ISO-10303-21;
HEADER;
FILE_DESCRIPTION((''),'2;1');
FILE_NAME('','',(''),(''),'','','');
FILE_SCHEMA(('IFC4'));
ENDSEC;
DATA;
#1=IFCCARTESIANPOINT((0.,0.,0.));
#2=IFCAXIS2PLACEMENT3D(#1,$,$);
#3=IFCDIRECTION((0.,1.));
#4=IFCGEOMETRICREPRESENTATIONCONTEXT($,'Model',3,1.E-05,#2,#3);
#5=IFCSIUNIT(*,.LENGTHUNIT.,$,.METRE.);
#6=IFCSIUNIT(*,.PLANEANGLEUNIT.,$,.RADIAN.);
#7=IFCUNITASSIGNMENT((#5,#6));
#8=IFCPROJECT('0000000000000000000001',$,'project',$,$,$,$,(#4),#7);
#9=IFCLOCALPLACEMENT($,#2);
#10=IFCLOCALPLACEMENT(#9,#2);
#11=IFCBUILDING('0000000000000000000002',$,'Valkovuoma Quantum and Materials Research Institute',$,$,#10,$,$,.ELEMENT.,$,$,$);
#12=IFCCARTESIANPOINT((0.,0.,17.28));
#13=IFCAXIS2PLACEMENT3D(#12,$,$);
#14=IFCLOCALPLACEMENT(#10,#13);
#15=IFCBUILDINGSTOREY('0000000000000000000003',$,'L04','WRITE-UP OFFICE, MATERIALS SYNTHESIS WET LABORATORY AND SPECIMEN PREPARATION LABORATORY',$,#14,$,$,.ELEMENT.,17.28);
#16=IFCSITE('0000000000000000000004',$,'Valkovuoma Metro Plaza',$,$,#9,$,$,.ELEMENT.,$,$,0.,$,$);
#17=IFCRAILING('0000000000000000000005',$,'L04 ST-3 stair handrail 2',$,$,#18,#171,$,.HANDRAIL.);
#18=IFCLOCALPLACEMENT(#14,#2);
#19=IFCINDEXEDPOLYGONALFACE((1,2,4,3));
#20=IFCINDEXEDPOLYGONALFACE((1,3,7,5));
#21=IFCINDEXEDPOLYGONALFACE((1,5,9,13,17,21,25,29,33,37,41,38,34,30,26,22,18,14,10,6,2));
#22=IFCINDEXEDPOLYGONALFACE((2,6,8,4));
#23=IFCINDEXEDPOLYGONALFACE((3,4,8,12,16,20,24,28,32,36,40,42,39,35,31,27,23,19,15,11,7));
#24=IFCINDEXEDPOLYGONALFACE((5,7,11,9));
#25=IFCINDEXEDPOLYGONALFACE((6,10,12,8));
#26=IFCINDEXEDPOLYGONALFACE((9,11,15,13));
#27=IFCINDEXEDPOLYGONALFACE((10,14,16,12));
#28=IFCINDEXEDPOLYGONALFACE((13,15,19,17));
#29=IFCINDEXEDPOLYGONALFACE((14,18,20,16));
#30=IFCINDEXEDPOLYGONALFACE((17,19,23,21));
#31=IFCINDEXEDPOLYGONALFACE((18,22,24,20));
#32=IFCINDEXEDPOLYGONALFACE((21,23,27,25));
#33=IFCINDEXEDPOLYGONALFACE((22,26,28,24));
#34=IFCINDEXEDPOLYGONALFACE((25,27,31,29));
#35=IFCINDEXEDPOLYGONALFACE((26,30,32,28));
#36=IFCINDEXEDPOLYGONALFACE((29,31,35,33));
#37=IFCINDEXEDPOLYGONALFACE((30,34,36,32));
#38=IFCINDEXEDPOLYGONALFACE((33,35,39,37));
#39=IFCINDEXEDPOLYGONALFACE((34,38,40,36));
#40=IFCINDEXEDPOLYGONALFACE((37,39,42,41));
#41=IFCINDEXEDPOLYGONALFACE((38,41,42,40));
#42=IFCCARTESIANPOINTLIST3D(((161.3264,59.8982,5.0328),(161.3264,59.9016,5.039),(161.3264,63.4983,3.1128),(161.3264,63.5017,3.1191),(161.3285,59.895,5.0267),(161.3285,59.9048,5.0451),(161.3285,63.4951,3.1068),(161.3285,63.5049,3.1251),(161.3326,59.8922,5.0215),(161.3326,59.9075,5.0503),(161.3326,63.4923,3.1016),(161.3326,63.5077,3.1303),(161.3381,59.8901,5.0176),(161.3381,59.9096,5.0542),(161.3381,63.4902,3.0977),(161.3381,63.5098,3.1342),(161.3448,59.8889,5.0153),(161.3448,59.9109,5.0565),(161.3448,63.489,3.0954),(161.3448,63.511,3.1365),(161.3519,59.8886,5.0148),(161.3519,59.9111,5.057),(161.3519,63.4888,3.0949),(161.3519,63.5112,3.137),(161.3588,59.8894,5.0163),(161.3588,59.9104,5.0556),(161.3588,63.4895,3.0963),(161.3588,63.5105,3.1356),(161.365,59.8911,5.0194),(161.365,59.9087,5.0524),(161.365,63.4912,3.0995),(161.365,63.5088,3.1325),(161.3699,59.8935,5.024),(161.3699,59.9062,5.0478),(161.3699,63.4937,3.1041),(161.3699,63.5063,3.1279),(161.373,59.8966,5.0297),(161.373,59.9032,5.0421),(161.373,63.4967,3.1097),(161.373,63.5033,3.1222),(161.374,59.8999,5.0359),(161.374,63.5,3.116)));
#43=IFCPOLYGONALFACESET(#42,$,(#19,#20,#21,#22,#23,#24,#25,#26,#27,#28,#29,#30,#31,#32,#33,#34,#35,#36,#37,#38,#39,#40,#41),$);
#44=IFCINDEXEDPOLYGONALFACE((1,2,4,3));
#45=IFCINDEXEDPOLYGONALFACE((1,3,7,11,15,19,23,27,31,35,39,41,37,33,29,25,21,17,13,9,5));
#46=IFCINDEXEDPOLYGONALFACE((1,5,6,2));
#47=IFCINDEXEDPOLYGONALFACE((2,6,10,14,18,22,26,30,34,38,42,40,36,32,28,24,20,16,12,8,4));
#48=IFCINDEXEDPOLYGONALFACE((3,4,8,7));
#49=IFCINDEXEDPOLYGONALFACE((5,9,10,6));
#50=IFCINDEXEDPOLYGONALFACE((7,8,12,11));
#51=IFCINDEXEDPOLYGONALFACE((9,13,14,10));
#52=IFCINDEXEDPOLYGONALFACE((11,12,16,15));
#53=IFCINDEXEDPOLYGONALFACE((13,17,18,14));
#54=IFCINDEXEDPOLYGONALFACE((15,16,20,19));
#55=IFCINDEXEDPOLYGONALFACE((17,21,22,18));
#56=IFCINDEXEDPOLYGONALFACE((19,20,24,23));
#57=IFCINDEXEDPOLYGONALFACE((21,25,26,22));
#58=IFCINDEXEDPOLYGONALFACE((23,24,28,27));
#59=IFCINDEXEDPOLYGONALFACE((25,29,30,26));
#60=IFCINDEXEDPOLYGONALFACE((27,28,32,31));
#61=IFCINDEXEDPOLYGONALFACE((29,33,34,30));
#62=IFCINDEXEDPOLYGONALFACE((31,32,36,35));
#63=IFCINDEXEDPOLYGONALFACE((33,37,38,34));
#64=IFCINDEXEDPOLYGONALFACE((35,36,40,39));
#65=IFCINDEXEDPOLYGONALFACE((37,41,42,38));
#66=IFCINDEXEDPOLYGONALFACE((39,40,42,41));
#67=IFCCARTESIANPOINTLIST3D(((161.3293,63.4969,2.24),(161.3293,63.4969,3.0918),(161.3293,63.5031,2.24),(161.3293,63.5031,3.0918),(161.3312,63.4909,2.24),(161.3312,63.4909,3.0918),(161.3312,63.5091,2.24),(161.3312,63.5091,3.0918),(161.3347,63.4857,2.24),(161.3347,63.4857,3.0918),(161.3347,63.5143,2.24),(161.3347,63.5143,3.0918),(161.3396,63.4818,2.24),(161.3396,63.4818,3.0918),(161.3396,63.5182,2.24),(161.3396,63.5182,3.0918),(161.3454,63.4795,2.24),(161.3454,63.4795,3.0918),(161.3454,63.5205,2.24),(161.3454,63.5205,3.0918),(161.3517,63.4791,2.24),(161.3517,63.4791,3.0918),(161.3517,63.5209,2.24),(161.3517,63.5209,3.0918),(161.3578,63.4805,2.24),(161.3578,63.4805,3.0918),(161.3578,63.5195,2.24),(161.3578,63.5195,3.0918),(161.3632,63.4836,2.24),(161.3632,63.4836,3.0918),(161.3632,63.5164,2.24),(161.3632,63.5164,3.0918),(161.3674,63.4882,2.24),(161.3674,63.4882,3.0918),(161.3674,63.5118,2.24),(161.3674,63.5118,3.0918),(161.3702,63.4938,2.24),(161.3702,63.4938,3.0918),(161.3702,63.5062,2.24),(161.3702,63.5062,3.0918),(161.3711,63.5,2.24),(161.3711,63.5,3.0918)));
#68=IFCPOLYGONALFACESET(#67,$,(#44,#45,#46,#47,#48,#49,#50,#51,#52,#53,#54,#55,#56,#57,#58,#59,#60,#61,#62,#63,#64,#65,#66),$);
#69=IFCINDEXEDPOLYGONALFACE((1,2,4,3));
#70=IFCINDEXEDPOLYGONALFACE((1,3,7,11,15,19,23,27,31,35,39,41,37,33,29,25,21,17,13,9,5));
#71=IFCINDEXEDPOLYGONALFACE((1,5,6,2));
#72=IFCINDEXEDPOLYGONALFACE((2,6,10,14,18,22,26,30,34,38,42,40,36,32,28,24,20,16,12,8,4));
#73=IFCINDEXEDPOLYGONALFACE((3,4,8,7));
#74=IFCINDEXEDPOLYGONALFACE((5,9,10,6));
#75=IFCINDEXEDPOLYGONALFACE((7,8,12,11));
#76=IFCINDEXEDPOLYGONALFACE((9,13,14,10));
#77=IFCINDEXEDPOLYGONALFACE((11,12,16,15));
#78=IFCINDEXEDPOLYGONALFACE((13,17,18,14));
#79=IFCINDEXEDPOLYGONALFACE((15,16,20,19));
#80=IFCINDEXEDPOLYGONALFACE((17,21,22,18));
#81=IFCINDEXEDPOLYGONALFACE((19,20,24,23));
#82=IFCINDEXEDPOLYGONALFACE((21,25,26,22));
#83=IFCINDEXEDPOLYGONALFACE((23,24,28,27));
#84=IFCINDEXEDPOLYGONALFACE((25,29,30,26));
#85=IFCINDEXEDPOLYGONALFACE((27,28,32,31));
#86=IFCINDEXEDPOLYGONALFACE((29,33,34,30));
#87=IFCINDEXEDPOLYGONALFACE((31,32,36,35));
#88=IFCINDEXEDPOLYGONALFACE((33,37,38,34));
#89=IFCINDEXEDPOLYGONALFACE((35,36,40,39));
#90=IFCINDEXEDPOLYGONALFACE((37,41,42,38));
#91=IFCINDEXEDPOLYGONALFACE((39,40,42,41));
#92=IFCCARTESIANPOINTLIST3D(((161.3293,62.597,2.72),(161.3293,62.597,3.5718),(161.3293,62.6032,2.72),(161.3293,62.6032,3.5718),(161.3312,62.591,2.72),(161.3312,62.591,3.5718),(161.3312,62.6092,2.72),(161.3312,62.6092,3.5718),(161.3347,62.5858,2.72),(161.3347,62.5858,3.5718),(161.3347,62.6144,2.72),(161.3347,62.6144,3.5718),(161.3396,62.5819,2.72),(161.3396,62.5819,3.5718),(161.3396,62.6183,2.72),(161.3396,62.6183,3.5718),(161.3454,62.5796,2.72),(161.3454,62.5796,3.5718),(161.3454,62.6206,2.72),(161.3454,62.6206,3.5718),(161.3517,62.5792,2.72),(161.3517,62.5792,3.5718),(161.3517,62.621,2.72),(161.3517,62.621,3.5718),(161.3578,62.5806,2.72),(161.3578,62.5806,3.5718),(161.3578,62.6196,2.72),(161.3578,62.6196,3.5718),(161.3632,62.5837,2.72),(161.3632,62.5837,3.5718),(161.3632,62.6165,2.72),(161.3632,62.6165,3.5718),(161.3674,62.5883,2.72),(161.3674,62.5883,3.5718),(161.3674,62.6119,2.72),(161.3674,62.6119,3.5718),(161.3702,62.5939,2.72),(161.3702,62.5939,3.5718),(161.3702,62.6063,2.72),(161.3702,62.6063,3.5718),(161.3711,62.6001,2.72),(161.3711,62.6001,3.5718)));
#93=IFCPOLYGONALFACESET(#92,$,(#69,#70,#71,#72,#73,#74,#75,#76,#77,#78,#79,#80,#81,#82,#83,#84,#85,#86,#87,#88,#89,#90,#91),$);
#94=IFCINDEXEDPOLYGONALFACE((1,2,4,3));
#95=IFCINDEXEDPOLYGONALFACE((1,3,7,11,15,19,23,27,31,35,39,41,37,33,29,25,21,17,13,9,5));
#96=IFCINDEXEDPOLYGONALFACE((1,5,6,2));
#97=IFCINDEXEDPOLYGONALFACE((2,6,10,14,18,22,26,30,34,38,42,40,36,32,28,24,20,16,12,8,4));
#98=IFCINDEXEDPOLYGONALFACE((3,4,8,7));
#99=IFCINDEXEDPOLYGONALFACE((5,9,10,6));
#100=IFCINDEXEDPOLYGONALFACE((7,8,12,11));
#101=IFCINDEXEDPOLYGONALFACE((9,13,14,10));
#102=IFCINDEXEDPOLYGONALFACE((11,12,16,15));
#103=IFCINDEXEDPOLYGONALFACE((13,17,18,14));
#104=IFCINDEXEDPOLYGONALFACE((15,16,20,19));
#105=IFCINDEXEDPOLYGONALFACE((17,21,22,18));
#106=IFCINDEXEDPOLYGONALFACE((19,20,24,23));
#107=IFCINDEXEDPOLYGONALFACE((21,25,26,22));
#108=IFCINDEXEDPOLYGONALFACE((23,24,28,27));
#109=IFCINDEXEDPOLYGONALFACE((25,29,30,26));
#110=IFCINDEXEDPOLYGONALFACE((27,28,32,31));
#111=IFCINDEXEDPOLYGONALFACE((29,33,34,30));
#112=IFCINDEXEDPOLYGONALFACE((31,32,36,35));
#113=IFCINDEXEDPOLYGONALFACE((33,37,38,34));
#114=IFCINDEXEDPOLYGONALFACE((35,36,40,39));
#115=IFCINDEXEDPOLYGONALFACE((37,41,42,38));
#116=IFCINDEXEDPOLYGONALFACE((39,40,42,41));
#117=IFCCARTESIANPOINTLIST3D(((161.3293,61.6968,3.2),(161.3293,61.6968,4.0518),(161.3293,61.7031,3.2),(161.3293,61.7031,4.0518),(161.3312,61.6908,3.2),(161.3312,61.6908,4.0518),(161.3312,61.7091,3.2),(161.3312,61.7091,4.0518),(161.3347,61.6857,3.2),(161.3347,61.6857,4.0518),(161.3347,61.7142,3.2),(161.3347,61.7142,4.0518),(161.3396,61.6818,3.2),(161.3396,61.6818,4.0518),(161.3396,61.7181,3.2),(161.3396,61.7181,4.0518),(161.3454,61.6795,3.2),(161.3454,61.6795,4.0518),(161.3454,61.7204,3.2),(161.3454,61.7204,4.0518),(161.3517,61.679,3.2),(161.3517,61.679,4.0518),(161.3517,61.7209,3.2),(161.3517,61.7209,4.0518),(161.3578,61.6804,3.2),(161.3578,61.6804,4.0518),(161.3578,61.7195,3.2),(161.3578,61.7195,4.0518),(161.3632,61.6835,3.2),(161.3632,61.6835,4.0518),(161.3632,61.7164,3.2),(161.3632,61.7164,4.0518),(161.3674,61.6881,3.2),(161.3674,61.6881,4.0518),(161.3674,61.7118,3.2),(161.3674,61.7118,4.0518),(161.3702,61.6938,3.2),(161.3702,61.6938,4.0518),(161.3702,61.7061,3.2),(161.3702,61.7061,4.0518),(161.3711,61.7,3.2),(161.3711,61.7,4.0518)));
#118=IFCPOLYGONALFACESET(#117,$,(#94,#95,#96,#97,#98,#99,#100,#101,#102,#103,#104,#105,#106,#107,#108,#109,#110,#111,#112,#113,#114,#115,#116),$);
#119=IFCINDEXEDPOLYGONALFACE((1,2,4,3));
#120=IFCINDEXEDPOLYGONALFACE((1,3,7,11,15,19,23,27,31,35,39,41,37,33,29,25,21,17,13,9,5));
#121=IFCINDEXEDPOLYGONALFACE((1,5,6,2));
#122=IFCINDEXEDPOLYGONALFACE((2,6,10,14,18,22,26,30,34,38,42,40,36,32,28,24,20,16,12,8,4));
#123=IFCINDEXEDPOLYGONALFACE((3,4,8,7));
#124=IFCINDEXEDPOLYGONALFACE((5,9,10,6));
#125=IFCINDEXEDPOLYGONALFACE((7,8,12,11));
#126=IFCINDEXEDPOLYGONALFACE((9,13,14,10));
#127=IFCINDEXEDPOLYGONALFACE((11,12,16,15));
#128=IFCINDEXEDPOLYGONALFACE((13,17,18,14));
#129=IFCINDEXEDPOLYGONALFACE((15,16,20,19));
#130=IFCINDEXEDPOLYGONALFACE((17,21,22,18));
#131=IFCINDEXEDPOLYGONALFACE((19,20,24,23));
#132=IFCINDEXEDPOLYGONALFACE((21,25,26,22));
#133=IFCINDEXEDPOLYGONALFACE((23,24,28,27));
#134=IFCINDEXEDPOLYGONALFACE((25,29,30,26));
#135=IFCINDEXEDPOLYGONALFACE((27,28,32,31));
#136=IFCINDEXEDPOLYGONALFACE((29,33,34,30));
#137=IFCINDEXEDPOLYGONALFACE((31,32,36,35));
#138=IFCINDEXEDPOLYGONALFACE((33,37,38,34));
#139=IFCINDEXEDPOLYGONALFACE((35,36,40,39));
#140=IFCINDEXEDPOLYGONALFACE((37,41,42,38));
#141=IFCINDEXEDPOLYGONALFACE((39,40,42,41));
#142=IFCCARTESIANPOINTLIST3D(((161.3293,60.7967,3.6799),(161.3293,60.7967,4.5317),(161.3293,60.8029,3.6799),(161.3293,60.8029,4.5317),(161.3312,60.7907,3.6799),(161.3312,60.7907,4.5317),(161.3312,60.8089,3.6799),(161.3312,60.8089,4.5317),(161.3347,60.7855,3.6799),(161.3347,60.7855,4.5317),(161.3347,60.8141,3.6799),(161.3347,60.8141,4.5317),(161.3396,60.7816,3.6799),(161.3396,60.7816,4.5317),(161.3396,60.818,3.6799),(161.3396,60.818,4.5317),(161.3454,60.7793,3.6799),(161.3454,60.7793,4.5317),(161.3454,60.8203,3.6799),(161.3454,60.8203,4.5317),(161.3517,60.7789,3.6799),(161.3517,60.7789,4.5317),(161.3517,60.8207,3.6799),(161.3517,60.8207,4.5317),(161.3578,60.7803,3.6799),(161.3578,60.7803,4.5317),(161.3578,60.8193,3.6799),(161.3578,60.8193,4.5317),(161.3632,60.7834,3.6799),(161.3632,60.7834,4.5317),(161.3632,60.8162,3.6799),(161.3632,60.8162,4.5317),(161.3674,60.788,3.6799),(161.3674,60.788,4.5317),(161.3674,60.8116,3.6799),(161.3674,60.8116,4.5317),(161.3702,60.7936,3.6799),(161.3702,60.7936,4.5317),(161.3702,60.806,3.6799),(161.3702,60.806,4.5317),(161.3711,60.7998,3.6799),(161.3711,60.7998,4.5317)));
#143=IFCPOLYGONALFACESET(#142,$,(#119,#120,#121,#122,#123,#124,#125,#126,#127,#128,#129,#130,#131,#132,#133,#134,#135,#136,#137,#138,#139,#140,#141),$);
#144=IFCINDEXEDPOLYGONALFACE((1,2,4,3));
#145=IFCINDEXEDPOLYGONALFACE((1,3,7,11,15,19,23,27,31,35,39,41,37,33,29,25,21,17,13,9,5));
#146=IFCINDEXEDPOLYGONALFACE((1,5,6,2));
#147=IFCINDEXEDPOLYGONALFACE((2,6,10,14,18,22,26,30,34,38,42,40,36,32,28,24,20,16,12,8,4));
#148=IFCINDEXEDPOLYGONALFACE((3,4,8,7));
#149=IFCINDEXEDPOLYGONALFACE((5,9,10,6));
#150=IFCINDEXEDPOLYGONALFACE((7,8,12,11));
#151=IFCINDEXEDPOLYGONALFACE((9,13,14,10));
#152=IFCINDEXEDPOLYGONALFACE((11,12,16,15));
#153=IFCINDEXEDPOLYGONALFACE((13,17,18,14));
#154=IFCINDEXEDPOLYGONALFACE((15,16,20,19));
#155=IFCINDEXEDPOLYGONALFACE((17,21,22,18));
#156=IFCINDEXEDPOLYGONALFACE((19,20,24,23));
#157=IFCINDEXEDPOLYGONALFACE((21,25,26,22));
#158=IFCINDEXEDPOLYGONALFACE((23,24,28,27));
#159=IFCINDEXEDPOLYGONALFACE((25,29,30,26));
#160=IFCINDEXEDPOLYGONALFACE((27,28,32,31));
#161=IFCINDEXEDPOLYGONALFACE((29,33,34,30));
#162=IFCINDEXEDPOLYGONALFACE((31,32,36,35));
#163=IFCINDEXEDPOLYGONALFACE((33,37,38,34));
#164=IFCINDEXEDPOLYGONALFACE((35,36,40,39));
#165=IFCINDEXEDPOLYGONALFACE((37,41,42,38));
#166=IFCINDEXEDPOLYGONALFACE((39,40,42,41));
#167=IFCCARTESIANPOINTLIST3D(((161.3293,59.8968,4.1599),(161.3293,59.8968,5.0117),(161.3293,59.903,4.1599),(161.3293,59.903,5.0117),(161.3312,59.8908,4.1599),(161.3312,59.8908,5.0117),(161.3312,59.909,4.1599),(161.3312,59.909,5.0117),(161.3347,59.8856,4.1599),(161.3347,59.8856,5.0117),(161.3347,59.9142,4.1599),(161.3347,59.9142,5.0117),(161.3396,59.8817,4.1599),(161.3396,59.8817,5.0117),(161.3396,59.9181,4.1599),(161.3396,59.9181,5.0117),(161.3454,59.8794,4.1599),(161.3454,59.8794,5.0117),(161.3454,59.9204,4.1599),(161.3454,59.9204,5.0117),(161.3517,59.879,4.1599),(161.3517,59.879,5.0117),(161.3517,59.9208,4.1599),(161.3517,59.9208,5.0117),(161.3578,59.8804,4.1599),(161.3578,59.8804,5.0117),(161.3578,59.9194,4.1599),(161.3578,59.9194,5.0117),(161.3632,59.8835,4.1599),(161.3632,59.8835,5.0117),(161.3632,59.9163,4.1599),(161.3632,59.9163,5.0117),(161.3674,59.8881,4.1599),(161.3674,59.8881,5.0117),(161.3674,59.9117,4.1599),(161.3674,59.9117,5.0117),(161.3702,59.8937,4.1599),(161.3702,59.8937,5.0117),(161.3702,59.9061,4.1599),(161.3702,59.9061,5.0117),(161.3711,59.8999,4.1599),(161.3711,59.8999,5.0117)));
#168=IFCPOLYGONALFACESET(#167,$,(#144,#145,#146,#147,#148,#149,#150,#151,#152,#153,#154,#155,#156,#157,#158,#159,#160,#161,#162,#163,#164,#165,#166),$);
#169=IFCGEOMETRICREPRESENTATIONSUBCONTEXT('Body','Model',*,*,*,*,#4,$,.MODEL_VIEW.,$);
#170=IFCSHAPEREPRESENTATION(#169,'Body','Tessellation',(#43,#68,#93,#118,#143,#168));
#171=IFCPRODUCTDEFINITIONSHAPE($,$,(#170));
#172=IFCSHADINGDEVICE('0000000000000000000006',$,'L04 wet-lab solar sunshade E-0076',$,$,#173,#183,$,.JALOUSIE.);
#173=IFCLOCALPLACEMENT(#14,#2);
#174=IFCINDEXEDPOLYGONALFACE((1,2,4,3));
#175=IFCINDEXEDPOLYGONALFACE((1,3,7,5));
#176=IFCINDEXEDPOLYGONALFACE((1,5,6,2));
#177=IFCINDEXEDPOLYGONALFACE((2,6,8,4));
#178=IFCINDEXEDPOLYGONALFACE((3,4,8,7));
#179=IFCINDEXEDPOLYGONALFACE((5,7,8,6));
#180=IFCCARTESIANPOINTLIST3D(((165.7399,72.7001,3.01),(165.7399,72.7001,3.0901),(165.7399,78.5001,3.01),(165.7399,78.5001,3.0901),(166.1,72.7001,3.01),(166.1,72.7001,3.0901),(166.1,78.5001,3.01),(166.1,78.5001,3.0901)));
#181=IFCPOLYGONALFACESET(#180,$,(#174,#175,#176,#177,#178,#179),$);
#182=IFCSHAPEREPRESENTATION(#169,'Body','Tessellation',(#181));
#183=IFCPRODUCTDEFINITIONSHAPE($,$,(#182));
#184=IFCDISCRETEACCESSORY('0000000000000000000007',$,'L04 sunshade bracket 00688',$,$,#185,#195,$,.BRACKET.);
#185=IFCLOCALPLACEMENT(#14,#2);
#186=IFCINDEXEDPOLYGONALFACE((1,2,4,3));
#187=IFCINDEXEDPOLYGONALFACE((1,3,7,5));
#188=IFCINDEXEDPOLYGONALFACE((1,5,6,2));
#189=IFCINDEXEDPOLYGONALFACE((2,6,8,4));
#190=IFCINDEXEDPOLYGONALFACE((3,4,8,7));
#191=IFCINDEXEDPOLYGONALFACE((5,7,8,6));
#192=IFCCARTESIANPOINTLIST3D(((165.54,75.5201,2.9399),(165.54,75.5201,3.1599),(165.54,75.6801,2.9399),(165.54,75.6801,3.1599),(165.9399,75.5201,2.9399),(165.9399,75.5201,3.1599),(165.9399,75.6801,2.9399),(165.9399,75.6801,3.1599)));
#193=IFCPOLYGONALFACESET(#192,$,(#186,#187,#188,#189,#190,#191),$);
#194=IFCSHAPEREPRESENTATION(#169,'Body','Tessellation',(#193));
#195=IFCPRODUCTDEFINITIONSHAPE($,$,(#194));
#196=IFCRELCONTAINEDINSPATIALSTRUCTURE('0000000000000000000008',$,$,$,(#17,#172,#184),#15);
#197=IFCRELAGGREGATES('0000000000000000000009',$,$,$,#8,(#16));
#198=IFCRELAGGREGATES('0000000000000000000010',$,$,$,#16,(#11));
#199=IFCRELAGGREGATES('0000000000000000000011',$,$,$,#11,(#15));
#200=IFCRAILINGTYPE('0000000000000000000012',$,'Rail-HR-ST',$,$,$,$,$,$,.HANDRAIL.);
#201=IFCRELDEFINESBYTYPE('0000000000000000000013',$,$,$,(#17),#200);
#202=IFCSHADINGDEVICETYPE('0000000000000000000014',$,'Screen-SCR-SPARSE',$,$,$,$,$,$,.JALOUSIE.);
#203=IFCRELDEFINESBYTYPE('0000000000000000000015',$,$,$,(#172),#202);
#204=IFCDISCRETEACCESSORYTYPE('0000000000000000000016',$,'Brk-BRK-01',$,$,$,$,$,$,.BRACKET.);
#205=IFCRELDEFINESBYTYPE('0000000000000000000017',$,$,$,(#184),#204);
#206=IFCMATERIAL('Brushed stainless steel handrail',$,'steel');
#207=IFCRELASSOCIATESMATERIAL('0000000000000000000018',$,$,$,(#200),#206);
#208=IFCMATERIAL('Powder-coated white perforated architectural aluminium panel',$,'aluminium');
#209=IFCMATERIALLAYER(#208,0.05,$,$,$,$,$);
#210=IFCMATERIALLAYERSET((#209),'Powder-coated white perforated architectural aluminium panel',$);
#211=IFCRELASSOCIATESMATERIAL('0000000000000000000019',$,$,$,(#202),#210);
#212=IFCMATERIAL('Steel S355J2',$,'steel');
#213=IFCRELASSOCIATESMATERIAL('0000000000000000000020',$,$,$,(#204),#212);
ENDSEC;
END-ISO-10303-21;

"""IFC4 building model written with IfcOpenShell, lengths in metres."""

from ifc_helpers import new_model, si_unit, direction, frame, origin, origin_2d, place, context, subcontext, project, spatial, rectangle, circle, extrude, material, layer, layer_set, type_object, element, save


model = new_model("IFC4")

# Units and contexts
model_context = context("Model", 3, precision=1e-05, world=origin(), true_north=direction((0.0, 1.0)))
body_context = subcontext(model_context, "Body", "Model", "MODEL_VIEW")
ifc_project = project(units=[si_unit("LENGTHUNIT", "METRE"), si_unit("PLANEANGLEUNIT", "RADIAN")], contexts=[model_context])

# Site, building, storey
site_placement = place(None, origin())
site = spatial("IfcSite", under=ifc_project, at=site_placement, Name="Valkovuoma Metro Plaza", CompositionType="ELEMENT", RefElevation=0.0)
building_placement = place(site_placement, origin())
building = spatial("IfcBuilding", under=site, at=building_placement, Name="Valkovuoma Quantum and Materials Research Institute", CompositionType="ELEMENT")
storey_placement = place(building_placement, frame((0.0, 0.0, 17.28)))
storey = spatial("IfcBuildingStorey", under=building, at=storey_placement, Name="L04", Description="WRITE-UP OFFICE, MATERIALS SYNTHESIS WET LABORATORY AND SPECIMEN PREPARATION LABORATORY", CompositionType="ELEMENT", Elevation=17.28)

# Railing
ifc_material_1 = material(Name="Brushed stainless steel handrail", Category="steel")
railing_type_1 = type_object("IfcRailingType", Name="Rail-HR-ST", PredefinedType="HANDRAIL", material=ifc_material_1)
railing_1_placement = place(storey_placement, frame((161.3501, 63.5, 2.24)))
element("IfcRailing", 1, at=railing_1_placement, inside=storey, type_object=railing_type_1, Name="L04 ST-3 stair handrail 2", PredefinedType="HANDRAIL", context=body_context, shape_type="SweptSolid", body=[
    extrude(circle(Radius=0.0239, at=origin_2d()), frame((0.0, 0.0, 0.876), z_axis=(0.0, -0.882366, 0.470563), x_axis=(1.0, 0.0, 0.0)), (0.0, 0.0, 1.0), 4.0801),
    extrude(circle(Radius=0.021, at=origin_2d()), origin(), (0.0, 0.0, 1.0), 0.8518),
    extrude(circle(Radius=0.021, at=origin_2d()), frame((0.0, -0.8999, 0.48)), (0.0, 0.0, 1.0), 0.8518),
    extrude(circle(Radius=0.021, at=origin_2d()), frame((0.0, -1.8, 0.96)), (0.0, 0.0, 1.0), 0.8518),
    extrude(circle(Radius=0.021, at=origin_2d()), frame((0.0, -2.7002, 1.4399)), (0.0, 0.0, 1.0), 0.8518),
    extrude(circle(Radius=0.021, at=origin_2d()), frame((0.0, -3.6001, 1.9199)), (0.0, 0.0, 1.0), 0.8518),
])

# Shading device
ifc_material_2 = material(Name="Powder-coated white perforated architectural aluminium panel", Category="aluminium")
ifc_layer_1 = layer(ifc_material_2, 0.05)
ifc_layer_set_1 = layer_set([ifc_layer_1], Name="Powder-coated white perforated architectural aluminium panel")
shading_device_type = type_object("IfcShadingDeviceType", Name="Screen-SCR-SPARSE", PredefinedType="JALOUSIE", material=ifc_layer_set_1)
shading_device_placement = place(storey_placement, frame((165.9199, 75.6001, 3.01), z_axis=(0.0, 0.0, 1.0), x_axis=(1.0, 0.0, 0.0)))
element("IfcShadingDevice", 2, at=shading_device_placement, inside=storey, type_object=shading_device_type, Name="L04 wet-lab solar sunshade E-0076", PredefinedType="JALOUSIE", context=body_context, shape_type="SweptSolid", body=[
    extrude(rectangle(XDim=0.3601, YDim=5.8, at=origin_2d()), origin(), (0.0, 0.0, 1.0), 0.0801),
])

# Discrete accessory
ifc_material_3 = material(Name="Steel S355J2", Category="steel")
discrete_accessory_type = type_object("IfcDiscreteAccessoryType", Name="Brk-BRK-01", PredefinedType="BRACKET", material=ifc_material_3)
discrete_accessory_placement = place(storey_placement, frame((165.74, 75.6001, 2.9399), z_axis=(0.0, 0.0, 1.0), x_axis=(1.0, 0.0, 0.0)))
element("IfcDiscreteAccessory", 3, at=discrete_accessory_placement, inside=storey, type_object=discrete_accessory_type, Name="L04 sunshade bracket 00688", PredefinedType="BRACKET", context=body_context, shape_type="SweptSolid", body=[
    extrude(rectangle(XDim=0.3999, YDim=0.1599, at=origin_2d()), origin(), (0.0, 0.0, 1.0), 0.22),
])

save(model, "model.ifc")
